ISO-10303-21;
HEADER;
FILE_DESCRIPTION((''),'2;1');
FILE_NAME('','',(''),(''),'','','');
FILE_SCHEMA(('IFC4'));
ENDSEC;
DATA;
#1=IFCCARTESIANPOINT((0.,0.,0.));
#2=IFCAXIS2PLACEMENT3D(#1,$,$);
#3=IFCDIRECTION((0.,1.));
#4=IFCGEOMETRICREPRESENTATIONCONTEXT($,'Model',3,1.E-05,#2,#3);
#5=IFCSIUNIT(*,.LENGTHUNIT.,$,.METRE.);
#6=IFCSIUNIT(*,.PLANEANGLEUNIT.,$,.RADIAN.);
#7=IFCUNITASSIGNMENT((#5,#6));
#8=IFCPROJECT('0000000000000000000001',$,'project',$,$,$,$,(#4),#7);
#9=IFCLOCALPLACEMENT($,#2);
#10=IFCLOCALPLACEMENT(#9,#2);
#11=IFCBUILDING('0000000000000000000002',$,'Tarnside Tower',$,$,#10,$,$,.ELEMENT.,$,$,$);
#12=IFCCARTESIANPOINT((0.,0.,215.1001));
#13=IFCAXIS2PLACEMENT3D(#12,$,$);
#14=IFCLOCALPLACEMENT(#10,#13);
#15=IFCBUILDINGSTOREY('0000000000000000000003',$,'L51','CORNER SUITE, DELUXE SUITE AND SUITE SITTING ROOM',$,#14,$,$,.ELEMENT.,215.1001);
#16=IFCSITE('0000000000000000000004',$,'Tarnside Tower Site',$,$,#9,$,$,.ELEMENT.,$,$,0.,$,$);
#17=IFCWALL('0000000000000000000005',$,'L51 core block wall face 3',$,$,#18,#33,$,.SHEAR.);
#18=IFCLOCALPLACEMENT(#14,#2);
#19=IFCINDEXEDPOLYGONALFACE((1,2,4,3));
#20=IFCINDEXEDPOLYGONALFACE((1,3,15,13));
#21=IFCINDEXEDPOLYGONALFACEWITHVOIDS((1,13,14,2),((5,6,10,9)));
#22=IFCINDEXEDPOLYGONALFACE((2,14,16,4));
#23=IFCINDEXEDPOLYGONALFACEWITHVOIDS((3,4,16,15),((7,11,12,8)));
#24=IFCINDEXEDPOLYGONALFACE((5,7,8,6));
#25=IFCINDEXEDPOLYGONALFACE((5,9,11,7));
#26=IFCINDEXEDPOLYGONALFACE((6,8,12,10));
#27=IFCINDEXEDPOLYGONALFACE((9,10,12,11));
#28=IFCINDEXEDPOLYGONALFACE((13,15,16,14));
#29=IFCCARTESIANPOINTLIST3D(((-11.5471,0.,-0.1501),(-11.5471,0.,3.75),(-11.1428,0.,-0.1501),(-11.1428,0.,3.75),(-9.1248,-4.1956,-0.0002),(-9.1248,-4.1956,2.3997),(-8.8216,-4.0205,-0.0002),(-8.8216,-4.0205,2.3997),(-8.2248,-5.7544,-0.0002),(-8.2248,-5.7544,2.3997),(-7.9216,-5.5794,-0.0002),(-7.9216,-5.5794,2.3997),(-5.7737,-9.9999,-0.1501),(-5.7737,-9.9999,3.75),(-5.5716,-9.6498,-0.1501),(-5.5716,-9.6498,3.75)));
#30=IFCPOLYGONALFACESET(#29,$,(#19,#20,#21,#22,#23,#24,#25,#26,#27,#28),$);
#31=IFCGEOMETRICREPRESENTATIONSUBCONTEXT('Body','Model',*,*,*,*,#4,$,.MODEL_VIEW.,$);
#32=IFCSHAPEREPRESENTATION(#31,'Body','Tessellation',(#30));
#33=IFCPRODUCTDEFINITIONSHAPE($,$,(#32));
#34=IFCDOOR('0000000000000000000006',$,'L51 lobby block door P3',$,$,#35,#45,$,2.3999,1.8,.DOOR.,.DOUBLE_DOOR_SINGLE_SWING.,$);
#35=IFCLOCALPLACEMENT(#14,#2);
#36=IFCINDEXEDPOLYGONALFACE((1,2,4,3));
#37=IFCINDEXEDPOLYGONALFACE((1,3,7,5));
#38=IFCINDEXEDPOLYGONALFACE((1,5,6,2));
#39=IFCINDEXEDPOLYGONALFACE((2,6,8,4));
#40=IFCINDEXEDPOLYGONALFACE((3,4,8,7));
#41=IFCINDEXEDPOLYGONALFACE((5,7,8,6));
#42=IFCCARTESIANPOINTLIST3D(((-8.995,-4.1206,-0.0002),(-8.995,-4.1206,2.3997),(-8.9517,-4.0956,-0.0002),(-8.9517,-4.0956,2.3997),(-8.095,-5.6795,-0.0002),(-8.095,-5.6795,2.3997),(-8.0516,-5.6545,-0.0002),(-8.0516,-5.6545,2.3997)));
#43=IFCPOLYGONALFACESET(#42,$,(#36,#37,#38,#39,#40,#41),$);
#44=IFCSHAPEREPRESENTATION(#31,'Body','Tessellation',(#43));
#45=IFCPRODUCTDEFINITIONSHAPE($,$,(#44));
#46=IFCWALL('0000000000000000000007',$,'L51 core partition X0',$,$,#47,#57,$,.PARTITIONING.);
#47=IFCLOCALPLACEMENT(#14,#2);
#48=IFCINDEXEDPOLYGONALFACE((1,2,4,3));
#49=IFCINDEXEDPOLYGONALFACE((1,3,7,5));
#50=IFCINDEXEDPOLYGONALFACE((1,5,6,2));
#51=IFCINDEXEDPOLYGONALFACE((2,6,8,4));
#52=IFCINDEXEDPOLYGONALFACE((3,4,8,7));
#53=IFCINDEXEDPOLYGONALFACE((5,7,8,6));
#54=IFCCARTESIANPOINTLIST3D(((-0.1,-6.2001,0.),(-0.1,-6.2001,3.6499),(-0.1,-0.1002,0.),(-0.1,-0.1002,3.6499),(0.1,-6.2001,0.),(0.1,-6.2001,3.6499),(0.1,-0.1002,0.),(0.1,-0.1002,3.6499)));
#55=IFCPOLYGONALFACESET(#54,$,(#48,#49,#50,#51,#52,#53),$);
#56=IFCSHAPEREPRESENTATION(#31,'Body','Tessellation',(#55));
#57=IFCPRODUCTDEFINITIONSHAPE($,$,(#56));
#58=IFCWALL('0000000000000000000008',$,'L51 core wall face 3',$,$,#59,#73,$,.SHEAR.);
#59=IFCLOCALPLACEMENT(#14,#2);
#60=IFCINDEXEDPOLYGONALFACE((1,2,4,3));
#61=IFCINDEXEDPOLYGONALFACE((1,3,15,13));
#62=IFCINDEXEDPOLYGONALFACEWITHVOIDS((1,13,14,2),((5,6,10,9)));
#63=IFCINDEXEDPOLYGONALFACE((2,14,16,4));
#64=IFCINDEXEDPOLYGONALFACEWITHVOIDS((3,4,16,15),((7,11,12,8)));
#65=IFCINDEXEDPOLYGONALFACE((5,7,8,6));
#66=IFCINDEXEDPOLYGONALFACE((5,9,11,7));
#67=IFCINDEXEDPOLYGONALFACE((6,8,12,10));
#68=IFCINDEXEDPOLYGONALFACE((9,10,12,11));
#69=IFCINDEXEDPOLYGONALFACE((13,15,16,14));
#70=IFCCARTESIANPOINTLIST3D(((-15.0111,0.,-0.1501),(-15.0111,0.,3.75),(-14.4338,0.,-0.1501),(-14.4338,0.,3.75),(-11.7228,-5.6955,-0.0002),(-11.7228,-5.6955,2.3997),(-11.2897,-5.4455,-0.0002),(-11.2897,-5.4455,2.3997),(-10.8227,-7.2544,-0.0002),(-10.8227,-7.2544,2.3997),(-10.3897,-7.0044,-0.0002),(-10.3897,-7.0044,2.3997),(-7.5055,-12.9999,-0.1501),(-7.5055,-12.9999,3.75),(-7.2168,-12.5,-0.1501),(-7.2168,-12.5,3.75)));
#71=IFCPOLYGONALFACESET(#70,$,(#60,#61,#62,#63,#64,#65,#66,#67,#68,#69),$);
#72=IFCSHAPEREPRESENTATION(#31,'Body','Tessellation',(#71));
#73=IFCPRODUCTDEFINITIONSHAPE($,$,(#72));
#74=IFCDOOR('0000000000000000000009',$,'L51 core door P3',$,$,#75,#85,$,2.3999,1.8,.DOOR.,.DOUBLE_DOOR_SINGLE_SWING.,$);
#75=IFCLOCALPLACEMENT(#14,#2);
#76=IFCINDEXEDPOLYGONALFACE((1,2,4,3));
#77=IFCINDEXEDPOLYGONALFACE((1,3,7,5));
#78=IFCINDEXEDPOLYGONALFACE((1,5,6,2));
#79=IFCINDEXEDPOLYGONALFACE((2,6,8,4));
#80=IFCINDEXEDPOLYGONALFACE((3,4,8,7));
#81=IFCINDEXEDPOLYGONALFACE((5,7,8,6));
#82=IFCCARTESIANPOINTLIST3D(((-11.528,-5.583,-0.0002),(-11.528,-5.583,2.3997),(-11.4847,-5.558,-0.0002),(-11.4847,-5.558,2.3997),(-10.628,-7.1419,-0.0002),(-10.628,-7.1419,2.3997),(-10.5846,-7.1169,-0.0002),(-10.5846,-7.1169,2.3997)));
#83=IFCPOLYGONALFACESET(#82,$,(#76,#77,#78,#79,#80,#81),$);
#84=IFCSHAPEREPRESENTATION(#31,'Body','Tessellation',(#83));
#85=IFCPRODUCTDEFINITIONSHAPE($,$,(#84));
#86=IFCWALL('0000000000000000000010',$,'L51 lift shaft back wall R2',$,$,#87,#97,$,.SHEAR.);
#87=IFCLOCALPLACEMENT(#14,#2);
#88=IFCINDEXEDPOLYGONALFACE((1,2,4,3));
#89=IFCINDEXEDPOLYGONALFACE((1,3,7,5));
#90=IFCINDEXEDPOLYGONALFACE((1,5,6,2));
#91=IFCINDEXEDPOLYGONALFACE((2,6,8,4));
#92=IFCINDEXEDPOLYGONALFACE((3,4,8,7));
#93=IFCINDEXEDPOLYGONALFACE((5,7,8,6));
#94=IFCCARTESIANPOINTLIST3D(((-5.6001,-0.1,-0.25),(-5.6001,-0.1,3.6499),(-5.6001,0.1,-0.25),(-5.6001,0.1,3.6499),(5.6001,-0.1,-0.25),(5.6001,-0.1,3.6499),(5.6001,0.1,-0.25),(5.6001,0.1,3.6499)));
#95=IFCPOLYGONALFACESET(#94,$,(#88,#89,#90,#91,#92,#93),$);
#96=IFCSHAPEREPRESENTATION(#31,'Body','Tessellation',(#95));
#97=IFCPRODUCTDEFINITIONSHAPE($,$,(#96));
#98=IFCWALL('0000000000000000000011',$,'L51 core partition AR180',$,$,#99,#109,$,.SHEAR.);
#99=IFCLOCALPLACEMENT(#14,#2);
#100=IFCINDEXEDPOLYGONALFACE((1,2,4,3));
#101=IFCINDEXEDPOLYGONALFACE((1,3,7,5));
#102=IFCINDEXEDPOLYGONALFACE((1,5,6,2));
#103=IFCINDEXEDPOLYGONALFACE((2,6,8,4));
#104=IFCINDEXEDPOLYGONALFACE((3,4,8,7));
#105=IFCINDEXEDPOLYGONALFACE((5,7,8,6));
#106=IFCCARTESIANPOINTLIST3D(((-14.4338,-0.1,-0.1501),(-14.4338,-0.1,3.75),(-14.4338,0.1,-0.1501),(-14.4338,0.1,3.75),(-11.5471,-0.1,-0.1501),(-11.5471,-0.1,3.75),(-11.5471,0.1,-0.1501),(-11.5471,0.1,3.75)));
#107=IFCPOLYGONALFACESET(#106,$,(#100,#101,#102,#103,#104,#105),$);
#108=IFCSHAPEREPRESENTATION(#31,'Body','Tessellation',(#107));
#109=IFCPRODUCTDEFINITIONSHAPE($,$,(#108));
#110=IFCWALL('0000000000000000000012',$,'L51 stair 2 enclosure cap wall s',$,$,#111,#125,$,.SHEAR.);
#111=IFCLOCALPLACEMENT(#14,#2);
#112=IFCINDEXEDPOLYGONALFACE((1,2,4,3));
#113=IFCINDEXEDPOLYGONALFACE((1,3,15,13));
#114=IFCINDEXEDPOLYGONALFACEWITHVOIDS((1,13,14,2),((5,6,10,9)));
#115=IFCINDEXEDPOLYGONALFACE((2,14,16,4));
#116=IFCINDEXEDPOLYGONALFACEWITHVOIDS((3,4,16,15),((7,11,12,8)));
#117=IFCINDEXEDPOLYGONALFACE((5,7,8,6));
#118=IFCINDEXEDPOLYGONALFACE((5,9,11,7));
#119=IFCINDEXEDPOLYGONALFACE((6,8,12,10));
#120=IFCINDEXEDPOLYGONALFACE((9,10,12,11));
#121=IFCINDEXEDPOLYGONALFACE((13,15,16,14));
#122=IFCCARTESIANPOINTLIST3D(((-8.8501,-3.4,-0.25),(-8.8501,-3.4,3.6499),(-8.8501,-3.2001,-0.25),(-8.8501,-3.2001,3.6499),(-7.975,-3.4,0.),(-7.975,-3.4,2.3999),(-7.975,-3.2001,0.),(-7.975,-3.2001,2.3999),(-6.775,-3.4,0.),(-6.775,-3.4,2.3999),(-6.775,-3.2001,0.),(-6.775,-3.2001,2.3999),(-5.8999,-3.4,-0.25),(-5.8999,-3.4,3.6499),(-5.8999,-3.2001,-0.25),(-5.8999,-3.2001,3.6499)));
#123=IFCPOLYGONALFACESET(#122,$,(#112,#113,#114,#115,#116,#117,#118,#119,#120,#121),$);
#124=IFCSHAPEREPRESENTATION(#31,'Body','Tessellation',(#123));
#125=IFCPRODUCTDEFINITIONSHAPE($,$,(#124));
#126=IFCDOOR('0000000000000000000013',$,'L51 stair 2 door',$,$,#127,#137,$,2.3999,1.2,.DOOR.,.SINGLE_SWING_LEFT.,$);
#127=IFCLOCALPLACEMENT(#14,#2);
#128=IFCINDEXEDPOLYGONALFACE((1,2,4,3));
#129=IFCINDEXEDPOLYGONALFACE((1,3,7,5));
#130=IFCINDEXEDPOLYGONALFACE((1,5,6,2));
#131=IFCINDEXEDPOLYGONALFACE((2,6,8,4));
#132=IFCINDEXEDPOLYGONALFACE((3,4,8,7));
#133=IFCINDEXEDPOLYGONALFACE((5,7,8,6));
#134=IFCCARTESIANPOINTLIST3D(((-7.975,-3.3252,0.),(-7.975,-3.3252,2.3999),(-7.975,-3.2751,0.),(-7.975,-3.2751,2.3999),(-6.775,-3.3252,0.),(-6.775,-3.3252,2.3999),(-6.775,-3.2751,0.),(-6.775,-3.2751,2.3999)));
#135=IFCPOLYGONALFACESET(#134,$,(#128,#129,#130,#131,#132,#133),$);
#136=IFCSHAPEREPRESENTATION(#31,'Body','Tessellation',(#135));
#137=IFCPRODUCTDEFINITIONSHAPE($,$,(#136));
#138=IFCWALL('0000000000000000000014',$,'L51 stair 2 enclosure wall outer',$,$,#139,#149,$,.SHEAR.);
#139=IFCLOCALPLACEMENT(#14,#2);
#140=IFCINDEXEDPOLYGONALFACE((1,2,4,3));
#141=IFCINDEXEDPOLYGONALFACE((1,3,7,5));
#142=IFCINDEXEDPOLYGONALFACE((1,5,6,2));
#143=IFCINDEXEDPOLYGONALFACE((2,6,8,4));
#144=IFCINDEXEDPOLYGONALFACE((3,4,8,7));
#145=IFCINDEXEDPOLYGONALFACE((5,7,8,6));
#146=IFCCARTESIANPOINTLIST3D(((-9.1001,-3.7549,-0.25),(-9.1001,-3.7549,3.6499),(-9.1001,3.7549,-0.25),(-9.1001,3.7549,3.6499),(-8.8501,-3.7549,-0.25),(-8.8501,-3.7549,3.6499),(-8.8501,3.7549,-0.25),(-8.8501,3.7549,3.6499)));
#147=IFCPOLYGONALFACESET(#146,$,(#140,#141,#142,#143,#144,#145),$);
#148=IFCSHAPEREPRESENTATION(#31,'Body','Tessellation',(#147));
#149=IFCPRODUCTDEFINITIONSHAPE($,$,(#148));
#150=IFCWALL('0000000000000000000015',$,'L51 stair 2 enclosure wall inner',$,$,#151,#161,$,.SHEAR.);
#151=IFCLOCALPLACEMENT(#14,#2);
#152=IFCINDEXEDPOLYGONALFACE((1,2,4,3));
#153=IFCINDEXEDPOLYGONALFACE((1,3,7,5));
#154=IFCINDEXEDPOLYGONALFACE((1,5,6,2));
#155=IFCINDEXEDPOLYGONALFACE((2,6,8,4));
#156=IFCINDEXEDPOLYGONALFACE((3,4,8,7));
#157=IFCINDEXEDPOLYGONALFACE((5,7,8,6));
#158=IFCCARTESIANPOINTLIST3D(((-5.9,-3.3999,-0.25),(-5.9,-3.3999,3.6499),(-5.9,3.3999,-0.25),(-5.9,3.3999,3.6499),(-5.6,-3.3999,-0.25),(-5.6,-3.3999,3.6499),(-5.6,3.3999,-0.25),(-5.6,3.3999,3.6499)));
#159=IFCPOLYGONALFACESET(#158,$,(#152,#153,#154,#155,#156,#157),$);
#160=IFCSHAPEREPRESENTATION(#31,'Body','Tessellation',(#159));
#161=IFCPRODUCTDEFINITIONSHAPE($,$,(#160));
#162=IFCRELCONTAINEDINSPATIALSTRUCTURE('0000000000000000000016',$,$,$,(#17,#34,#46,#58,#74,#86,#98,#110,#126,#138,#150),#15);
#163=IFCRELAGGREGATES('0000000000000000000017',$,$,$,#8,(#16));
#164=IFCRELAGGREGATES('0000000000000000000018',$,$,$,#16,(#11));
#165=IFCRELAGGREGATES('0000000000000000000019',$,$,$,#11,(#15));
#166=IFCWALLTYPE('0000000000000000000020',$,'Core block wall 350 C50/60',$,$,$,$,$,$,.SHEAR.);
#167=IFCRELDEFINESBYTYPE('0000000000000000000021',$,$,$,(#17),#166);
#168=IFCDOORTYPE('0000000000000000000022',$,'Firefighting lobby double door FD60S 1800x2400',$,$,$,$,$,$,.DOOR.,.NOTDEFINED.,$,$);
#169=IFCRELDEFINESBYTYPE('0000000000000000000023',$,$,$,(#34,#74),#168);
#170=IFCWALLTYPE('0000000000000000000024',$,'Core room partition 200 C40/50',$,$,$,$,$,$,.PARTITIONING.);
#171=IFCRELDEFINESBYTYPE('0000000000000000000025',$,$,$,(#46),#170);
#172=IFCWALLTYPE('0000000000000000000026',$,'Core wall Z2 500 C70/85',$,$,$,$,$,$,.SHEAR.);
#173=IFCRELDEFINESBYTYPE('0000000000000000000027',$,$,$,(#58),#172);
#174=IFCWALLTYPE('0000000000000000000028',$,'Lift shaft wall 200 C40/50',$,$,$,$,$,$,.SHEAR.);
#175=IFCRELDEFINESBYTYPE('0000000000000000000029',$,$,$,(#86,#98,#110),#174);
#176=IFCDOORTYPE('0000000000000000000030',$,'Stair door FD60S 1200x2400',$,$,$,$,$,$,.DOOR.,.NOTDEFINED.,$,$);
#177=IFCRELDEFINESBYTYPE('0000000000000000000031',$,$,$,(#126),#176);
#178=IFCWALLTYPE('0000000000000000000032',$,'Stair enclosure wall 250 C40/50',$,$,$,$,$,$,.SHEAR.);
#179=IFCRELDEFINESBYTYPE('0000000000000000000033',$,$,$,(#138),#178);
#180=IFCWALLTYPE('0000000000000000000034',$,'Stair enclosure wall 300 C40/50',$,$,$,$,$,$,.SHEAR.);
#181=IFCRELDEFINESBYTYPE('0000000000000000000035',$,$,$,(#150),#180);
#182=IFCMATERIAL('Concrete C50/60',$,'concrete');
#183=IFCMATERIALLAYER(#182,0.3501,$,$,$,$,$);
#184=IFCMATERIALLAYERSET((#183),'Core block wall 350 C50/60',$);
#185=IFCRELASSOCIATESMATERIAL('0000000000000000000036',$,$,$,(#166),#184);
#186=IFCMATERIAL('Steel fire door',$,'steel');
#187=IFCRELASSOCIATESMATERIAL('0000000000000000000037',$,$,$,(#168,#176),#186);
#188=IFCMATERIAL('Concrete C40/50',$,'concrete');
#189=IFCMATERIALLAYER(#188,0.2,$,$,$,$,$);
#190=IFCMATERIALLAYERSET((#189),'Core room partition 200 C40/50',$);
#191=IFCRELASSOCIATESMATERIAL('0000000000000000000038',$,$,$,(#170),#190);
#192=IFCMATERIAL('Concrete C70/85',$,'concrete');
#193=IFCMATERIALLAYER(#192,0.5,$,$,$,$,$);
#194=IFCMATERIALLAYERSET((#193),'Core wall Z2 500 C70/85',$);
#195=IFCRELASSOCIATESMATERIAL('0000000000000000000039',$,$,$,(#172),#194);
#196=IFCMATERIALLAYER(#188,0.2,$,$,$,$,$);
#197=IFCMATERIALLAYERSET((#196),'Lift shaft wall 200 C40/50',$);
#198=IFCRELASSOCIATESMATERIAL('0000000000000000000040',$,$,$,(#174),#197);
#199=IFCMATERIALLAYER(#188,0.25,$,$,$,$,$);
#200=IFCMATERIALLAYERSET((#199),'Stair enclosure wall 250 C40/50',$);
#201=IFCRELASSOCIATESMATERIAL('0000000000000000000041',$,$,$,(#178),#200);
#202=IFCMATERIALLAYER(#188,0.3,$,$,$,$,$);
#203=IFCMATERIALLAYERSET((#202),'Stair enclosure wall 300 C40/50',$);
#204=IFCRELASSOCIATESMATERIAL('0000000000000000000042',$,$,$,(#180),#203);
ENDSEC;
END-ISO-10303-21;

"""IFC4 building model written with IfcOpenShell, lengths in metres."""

from ifc_helpers import new_model, si_unit, direction, frame, frame_2d, origin, place, context, subcontext, project, spatial, polyline, rectangle, outline, extrude, material, layer, layer_set, type_object, element, fill, save


model = new_model("IFC4")

# Units and contexts
model_context = context("Model", 3, precision=1e-05, world=origin(), true_north=direction((0.0, 1.0)))
body_context = subcontext(model_context, "Body", "Model", "MODEL_VIEW")
ifc_project = project(units=[si_unit("LENGTHUNIT", "METRE"), si_unit("PLANEANGLEUNIT", "RADIAN")], contexts=[model_context])

# Site, building, storey
site_placement = place(None, origin())
site = spatial("IfcSite", under=ifc_project, at=site_placement, Name="Tarnside Tower Site", CompositionType="ELEMENT", RefElevation=0.0)
building_placement = place(site_placement, origin())
building = spatial("IfcBuilding", under=site, at=building_placement, Name="Tarnside Tower", CompositionType="ELEMENT")
storey_placement = place(building_placement, frame((0.0, 0.0, 215.1001)))
storey = spatial("IfcBuildingStorey", under=building, at=storey_placement, Name="L51", Description="CORNER SUITE, DELUXE SUITE AND SUITE SITTING ROOM", CompositionType="ELEMENT", Elevation=215.1001)

# Wall, opening, door
ifc_material_1 = material(Name="Concrete C50/60", Category="concrete")
ifc_layer_1 = layer(ifc_material_1, 0.3501)
ifc_layer_set_1 = layer_set([ifc_layer_1], Name="Core block wall 350 C50/60")
wall_type_1 = type_object("IfcWallType", Name="Core block wall 350 C50/60", PredefinedType="SHEAR", material=ifc_layer_set_1)
wall_1_placement = place(storey_placement, frame((-11.345, 0.0, -0.1501), z_axis=(0.0, 0.0, 1.0), x_axis=(0.499995, -0.866028, 0.0)))
wall_1 = element("IfcWall", 1, at=wall_1_placement, inside=storey, type_object=wall_type_1, Name="L51 core block wall face 3", PredefinedType="SHEAR", context=body_context, shape_type="SweptSolid", body=[
    extrude(outline(polyline([(-0.1011, -0.175), (11.4458, -0.175), (11.2437, 0.175), (0.1011, 0.175), (-0.1011, -0.175)])), origin(), (0.0, 0.0, 1.0), 3.9001),
])
opening_1_placement = place(wall_1_placement, frame((4.7437, 0.0, 0.1499)))
opening_1 = element("IfcOpeningElement", 2, at=opening_1_placement, cuts=wall_1, PredefinedType="OPENING", context=body_context, shape_type="SweptSolid", body=[
    extrude(rectangle(XDim=1.8, YDim=2.3999, at=frame_2d((0.8999, 1.2))), frame((0.0, 0.1851, 0.0), z_axis=(0.0, -1.0, 0.0), x_axis=(1.0, 0.0, 0.0)), (0.0, 0.0, 1.0), 0.3701),
])
ifc_material_2 = material(Name="Steel fire door", Category="steel")
door_type_1 = type_object("IfcDoorType", Name="Firefighting lobby double door FD60S 1800x2400", OperationType="NOTDEFINED", PredefinedType="DOOR", material=ifc_material_2)
door_1_placement = place(opening_1_placement, origin())
door_1 = element("IfcDoor", 3, at=door_1_placement, inside=storey, type_object=door_type_1, Name="L51 lobby block door P3", OperationType="DOUBLE_DOOR_SINGLE_SWING", OverallHeight=2.3999, OverallWidth=1.8, PredefinedType="DOOR", context=body_context, shape_type="SweptSolid", body=[
    extrude(rectangle(XDim=1.8, YDim=2.3999, at=frame_2d((0.8999, 1.2))), frame((0.0, 0.0249, 0.0), z_axis=(0.0, -1.0, 0.0), x_axis=(1.0, 0.0, 0.0)), (0.0, 0.0, 1.0), 0.05),
])
fill(opening_1, door_1)

# Wall
ifc_material_3 = material(Name="Concrete C40/50", Category="concrete")
ifc_layer_2 = layer(ifc_material_3, 0.2)
ifc_layer_set_2 = layer_set([ifc_layer_2], Name="Core room partition 200 C40/50")
wall_type_2 = type_object("IfcWallType", Name="Core room partition 200 C40/50", PredefinedType="PARTITIONING", material=ifc_layer_set_2)
wall_2_placement = place(storey_placement, frame((0.0, -6.2, 0.0), z_axis=(0.0, 0.0, 1.0), x_axis=(0.0, 1.0, 0.0)))
element("IfcWall", 4, at=wall_2_placement, inside=storey, type_object=wall_type_2, Name="L51 core partition X0", PredefinedType="PARTITIONING", context=body_context, shape_type="SweptSolid", body=[
    extrude(rectangle(XDim=6.0999, YDim=0.2, at=frame_2d((3.0498, 0.0))), origin(), (0.0, 0.0, 1.0), 3.6499),
])

# Wall, opening, door
ifc_material_4 = material(Name="Concrete C70/85", Category="concrete")
ifc_layer_3 = layer(ifc_material_4, 0.5)
ifc_layer_set_3 = layer_set([ifc_layer_3], Name="Core wall Z2 500 C70/85")
wall_type_3 = type_object("IfcWallType", Name="Core wall Z2 500 C70/85", PredefinedType="SHEAR", material=ifc_layer_set_3)
wall_3_placement = place(storey_placement, frame((-14.7224, 0.0, -0.1501), z_axis=(0.0, 0.0, 1.0), x_axis=(0.500006, -0.866022, 0.0)))
wall_3 = element("IfcWall", 5, at=wall_3_placement, inside=storey, type_object=wall_type_3, Name="L51 core wall face 3", PredefinedType="SHEAR", context=body_context, shape_type="SweptSolid", body=[
    extrude(outline(polyline([(-0.1443, -0.25), (14.8667, -0.25), (14.5781, 0.25), (0.1443, 0.25), (-0.1443, -0.25)])), origin(), (0.0, 0.0, 1.0), 3.9001),
])
opening_2_placement = place(wall_3_placement, frame((6.4324, 0.0, 0.1499)))
opening_2 = element("IfcOpeningElement", 6, at=opening_2_placement, cuts=wall_3, PredefinedType="OPENING", context=body_context, shape_type="SweptSolid", body=[
    extrude(rectangle(XDim=1.8, YDim=2.3999, at=frame_2d((0.8999, 1.2))), frame((0.0, 0.26, 0.0), z_axis=(0.0, -1.0, 0.0), x_axis=(1.0, 0.0, 0.0)), (0.0, 0.0, 1.0), 0.52),
])
door_2_placement = place(opening_2_placement, origin())
door_2 = element("IfcDoor", 7, at=door_2_placement, inside=storey, type_object=door_type_1, Name="L51 core door P3", OperationType="DOUBLE_DOOR_SINGLE_SWING", OverallHeight=2.3999, OverallWidth=1.8, PredefinedType="DOOR", context=body_context, shape_type="SweptSolid", body=[
    extrude(rectangle(XDim=1.8, YDim=2.3999, at=frame_2d((0.8999, 1.2))), frame((0.0, 0.0249, 0.0), z_axis=(0.0, -1.0, 0.0), x_axis=(1.0, 0.0, 0.0)), (0.0, 0.0, 1.0), 0.05),
])
fill(opening_2, door_2)

# Walls
ifc_layer_4 = layer(ifc_material_3, 0.2)
ifc_layer_set_4 = layer_set([ifc_layer_4], Name="Lift shaft wall 200 C40/50")
wall_type_4 = type_object("IfcWallType", Name="Lift shaft wall 200 C40/50", PredefinedType="SHEAR", material=ifc_layer_set_4)
wall_4_placement = place(storey_placement, frame((-5.6001, 0.0, -0.25), z_axis=(0.0, 0.0, 1.0), x_axis=(1.0, 0.0, 0.0)))
element("IfcWall", 8, at=wall_4_placement, inside=storey, type_object=wall_type_4, Name="L51 lift shaft back wall R2", PredefinedType="SHEAR", context=body_context, shape_type="SweptSolid", body=[
    extrude(rectangle(XDim=11.2002, YDim=0.2, at=frame_2d((5.6001, 0.0))), origin(), (0.0, 0.0, 1.0), 3.8999),
])
wall_5_placement = place(storey_placement, frame((-11.5471, 0.0, -0.1501), z_axis=(0.0, 0.0, 1.0), x_axis=(-1.0, 0.0, 0.0)))
element("IfcWall", 9, at=wall_5_placement, inside=storey, type_object=wall_type_4, Name="L51 core partition AR180", PredefinedType="SHEAR", context=body_context, shape_type="SweptSolid", body=[
    extrude(rectangle(XDim=2.8867, YDim=0.2, at=frame_2d((1.4434, 0.0))), origin(), (0.0, 0.0, 1.0), 3.9001),
])

# Wall, opening, door
wall_6_placement = place(storey_placement, frame((-8.8501, -3.3, -0.25), z_axis=(0.0, 0.0, 1.0), x_axis=(1.0, 0.0, 0.0)))
wall_6 = element("IfcWall", 10, at=wall_6_placement, inside=storey, type_object=wall_type_4, Name="L51 stair 2 enclosure cap wall s", PredefinedType="SHEAR", context=body_context, shape_type="SweptSolid", body=[
    extrude(rectangle(XDim=2.9502, YDim=0.2, at=frame_2d((1.4751, 0.0))), origin(), (0.0, 0.0, 1.0), 3.8999),
])
opening_3_placement = place(wall_6_placement, frame((0.875, 0.0, 0.25)))
opening_3 = element("IfcOpeningElement", 11, at=opening_3_placement, cuts=wall_6, PredefinedType="OPENING", context=body_context, shape_type="SweptSolid", body=[
    extrude(rectangle(XDim=1.2, YDim=2.3999, at=frame_2d((0.6001, 1.2))), frame((0.0, 0.1099, 0.0), z_axis=(0.0, -1.0, 0.0), x_axis=(1.0, 0.0, 0.0)), (0.0, 0.0, 1.0), 0.22),
])
door_type_2 = type_object("IfcDoorType", Name="Stair door FD60S 1200x2400", OperationType="NOTDEFINED", PredefinedType="DOOR", material=ifc_material_2)
door_3_placement = place(opening_3_placement, origin())
door_3 = element("IfcDoor", 12, at=door_3_placement, inside=storey, type_object=door_type_2, Name="L51 stair 2 door", OperationType="SINGLE_SWING_LEFT", OverallHeight=2.3999, OverallWidth=1.2, PredefinedType="DOOR", context=body_context, shape_type="SweptSolid", body=[
    extrude(rectangle(XDim=1.2, YDim=2.3999, at=frame_2d((0.6001, 1.2))), frame((0.0, 0.0249, 0.0), z_axis=(0.0, -1.0, 0.0), x_axis=(1.0, 0.0, 0.0)), (0.0, 0.0, 1.0), 0.05),
])
fill(opening_3, door_3)

# Walls
ifc_layer_5 = layer(ifc_material_3, 0.25)
ifc_layer_set_5 = layer_set([ifc_layer_5], Name="Stair enclosure wall 250 C40/50")
wall_type_5 = type_object("IfcWallType", Name="Stair enclosure wall 250 C40/50", PredefinedType="SHEAR", material=ifc_layer_set_5)
wall_7_placement = place(storey_placement, frame((-8.9751, -3.7549, -0.25), z_axis=(0.0, 0.0, 1.0), x_axis=(0.0, 1.0, 0.0)))
element("IfcWall", 13, at=wall_7_placement, inside=storey, type_object=wall_type_5, Name="L51 stair 2 enclosure wall outer", PredefinedType="SHEAR", context=body_context, shape_type="SweptSolid", body=[
    extrude(rectangle(XDim=7.5098, YDim=0.25, at=frame_2d((3.7549, 0.0))), origin(), (0.0, 0.0, 1.0), 3.8999),
])
ifc_layer_6 = layer(ifc_material_3, 0.3)
ifc_layer_set_6 = layer_set([ifc_layer_6], Name="Stair enclosure wall 300 C40/50")
wall_type_6 = type_object("IfcWallType", Name="Stair enclosure wall 300 C40/50", PredefinedType="SHEAR", material=ifc_layer_set_6)
wall_8_placement = place(storey_placement, frame((-5.75, -3.3999, -0.25), z_axis=(0.0, 0.0, 1.0), x_axis=(0.0, 1.0, 0.0)))
element("IfcWall", 14, at=wall_8_placement, inside=storey, type_object=wall_type_6, Name="L51 stair 2 enclosure wall inner", PredefinedType="SHEAR", context=body_context, shape_type="SweptSolid", body=[
    extrude(rectangle(XDim=6.7998, YDim=0.3, at=frame_2d((3.3999, 0.0))), origin(), (0.0, 0.0, 1.0), 3.8999),
])

save(model, "model.ifc")
